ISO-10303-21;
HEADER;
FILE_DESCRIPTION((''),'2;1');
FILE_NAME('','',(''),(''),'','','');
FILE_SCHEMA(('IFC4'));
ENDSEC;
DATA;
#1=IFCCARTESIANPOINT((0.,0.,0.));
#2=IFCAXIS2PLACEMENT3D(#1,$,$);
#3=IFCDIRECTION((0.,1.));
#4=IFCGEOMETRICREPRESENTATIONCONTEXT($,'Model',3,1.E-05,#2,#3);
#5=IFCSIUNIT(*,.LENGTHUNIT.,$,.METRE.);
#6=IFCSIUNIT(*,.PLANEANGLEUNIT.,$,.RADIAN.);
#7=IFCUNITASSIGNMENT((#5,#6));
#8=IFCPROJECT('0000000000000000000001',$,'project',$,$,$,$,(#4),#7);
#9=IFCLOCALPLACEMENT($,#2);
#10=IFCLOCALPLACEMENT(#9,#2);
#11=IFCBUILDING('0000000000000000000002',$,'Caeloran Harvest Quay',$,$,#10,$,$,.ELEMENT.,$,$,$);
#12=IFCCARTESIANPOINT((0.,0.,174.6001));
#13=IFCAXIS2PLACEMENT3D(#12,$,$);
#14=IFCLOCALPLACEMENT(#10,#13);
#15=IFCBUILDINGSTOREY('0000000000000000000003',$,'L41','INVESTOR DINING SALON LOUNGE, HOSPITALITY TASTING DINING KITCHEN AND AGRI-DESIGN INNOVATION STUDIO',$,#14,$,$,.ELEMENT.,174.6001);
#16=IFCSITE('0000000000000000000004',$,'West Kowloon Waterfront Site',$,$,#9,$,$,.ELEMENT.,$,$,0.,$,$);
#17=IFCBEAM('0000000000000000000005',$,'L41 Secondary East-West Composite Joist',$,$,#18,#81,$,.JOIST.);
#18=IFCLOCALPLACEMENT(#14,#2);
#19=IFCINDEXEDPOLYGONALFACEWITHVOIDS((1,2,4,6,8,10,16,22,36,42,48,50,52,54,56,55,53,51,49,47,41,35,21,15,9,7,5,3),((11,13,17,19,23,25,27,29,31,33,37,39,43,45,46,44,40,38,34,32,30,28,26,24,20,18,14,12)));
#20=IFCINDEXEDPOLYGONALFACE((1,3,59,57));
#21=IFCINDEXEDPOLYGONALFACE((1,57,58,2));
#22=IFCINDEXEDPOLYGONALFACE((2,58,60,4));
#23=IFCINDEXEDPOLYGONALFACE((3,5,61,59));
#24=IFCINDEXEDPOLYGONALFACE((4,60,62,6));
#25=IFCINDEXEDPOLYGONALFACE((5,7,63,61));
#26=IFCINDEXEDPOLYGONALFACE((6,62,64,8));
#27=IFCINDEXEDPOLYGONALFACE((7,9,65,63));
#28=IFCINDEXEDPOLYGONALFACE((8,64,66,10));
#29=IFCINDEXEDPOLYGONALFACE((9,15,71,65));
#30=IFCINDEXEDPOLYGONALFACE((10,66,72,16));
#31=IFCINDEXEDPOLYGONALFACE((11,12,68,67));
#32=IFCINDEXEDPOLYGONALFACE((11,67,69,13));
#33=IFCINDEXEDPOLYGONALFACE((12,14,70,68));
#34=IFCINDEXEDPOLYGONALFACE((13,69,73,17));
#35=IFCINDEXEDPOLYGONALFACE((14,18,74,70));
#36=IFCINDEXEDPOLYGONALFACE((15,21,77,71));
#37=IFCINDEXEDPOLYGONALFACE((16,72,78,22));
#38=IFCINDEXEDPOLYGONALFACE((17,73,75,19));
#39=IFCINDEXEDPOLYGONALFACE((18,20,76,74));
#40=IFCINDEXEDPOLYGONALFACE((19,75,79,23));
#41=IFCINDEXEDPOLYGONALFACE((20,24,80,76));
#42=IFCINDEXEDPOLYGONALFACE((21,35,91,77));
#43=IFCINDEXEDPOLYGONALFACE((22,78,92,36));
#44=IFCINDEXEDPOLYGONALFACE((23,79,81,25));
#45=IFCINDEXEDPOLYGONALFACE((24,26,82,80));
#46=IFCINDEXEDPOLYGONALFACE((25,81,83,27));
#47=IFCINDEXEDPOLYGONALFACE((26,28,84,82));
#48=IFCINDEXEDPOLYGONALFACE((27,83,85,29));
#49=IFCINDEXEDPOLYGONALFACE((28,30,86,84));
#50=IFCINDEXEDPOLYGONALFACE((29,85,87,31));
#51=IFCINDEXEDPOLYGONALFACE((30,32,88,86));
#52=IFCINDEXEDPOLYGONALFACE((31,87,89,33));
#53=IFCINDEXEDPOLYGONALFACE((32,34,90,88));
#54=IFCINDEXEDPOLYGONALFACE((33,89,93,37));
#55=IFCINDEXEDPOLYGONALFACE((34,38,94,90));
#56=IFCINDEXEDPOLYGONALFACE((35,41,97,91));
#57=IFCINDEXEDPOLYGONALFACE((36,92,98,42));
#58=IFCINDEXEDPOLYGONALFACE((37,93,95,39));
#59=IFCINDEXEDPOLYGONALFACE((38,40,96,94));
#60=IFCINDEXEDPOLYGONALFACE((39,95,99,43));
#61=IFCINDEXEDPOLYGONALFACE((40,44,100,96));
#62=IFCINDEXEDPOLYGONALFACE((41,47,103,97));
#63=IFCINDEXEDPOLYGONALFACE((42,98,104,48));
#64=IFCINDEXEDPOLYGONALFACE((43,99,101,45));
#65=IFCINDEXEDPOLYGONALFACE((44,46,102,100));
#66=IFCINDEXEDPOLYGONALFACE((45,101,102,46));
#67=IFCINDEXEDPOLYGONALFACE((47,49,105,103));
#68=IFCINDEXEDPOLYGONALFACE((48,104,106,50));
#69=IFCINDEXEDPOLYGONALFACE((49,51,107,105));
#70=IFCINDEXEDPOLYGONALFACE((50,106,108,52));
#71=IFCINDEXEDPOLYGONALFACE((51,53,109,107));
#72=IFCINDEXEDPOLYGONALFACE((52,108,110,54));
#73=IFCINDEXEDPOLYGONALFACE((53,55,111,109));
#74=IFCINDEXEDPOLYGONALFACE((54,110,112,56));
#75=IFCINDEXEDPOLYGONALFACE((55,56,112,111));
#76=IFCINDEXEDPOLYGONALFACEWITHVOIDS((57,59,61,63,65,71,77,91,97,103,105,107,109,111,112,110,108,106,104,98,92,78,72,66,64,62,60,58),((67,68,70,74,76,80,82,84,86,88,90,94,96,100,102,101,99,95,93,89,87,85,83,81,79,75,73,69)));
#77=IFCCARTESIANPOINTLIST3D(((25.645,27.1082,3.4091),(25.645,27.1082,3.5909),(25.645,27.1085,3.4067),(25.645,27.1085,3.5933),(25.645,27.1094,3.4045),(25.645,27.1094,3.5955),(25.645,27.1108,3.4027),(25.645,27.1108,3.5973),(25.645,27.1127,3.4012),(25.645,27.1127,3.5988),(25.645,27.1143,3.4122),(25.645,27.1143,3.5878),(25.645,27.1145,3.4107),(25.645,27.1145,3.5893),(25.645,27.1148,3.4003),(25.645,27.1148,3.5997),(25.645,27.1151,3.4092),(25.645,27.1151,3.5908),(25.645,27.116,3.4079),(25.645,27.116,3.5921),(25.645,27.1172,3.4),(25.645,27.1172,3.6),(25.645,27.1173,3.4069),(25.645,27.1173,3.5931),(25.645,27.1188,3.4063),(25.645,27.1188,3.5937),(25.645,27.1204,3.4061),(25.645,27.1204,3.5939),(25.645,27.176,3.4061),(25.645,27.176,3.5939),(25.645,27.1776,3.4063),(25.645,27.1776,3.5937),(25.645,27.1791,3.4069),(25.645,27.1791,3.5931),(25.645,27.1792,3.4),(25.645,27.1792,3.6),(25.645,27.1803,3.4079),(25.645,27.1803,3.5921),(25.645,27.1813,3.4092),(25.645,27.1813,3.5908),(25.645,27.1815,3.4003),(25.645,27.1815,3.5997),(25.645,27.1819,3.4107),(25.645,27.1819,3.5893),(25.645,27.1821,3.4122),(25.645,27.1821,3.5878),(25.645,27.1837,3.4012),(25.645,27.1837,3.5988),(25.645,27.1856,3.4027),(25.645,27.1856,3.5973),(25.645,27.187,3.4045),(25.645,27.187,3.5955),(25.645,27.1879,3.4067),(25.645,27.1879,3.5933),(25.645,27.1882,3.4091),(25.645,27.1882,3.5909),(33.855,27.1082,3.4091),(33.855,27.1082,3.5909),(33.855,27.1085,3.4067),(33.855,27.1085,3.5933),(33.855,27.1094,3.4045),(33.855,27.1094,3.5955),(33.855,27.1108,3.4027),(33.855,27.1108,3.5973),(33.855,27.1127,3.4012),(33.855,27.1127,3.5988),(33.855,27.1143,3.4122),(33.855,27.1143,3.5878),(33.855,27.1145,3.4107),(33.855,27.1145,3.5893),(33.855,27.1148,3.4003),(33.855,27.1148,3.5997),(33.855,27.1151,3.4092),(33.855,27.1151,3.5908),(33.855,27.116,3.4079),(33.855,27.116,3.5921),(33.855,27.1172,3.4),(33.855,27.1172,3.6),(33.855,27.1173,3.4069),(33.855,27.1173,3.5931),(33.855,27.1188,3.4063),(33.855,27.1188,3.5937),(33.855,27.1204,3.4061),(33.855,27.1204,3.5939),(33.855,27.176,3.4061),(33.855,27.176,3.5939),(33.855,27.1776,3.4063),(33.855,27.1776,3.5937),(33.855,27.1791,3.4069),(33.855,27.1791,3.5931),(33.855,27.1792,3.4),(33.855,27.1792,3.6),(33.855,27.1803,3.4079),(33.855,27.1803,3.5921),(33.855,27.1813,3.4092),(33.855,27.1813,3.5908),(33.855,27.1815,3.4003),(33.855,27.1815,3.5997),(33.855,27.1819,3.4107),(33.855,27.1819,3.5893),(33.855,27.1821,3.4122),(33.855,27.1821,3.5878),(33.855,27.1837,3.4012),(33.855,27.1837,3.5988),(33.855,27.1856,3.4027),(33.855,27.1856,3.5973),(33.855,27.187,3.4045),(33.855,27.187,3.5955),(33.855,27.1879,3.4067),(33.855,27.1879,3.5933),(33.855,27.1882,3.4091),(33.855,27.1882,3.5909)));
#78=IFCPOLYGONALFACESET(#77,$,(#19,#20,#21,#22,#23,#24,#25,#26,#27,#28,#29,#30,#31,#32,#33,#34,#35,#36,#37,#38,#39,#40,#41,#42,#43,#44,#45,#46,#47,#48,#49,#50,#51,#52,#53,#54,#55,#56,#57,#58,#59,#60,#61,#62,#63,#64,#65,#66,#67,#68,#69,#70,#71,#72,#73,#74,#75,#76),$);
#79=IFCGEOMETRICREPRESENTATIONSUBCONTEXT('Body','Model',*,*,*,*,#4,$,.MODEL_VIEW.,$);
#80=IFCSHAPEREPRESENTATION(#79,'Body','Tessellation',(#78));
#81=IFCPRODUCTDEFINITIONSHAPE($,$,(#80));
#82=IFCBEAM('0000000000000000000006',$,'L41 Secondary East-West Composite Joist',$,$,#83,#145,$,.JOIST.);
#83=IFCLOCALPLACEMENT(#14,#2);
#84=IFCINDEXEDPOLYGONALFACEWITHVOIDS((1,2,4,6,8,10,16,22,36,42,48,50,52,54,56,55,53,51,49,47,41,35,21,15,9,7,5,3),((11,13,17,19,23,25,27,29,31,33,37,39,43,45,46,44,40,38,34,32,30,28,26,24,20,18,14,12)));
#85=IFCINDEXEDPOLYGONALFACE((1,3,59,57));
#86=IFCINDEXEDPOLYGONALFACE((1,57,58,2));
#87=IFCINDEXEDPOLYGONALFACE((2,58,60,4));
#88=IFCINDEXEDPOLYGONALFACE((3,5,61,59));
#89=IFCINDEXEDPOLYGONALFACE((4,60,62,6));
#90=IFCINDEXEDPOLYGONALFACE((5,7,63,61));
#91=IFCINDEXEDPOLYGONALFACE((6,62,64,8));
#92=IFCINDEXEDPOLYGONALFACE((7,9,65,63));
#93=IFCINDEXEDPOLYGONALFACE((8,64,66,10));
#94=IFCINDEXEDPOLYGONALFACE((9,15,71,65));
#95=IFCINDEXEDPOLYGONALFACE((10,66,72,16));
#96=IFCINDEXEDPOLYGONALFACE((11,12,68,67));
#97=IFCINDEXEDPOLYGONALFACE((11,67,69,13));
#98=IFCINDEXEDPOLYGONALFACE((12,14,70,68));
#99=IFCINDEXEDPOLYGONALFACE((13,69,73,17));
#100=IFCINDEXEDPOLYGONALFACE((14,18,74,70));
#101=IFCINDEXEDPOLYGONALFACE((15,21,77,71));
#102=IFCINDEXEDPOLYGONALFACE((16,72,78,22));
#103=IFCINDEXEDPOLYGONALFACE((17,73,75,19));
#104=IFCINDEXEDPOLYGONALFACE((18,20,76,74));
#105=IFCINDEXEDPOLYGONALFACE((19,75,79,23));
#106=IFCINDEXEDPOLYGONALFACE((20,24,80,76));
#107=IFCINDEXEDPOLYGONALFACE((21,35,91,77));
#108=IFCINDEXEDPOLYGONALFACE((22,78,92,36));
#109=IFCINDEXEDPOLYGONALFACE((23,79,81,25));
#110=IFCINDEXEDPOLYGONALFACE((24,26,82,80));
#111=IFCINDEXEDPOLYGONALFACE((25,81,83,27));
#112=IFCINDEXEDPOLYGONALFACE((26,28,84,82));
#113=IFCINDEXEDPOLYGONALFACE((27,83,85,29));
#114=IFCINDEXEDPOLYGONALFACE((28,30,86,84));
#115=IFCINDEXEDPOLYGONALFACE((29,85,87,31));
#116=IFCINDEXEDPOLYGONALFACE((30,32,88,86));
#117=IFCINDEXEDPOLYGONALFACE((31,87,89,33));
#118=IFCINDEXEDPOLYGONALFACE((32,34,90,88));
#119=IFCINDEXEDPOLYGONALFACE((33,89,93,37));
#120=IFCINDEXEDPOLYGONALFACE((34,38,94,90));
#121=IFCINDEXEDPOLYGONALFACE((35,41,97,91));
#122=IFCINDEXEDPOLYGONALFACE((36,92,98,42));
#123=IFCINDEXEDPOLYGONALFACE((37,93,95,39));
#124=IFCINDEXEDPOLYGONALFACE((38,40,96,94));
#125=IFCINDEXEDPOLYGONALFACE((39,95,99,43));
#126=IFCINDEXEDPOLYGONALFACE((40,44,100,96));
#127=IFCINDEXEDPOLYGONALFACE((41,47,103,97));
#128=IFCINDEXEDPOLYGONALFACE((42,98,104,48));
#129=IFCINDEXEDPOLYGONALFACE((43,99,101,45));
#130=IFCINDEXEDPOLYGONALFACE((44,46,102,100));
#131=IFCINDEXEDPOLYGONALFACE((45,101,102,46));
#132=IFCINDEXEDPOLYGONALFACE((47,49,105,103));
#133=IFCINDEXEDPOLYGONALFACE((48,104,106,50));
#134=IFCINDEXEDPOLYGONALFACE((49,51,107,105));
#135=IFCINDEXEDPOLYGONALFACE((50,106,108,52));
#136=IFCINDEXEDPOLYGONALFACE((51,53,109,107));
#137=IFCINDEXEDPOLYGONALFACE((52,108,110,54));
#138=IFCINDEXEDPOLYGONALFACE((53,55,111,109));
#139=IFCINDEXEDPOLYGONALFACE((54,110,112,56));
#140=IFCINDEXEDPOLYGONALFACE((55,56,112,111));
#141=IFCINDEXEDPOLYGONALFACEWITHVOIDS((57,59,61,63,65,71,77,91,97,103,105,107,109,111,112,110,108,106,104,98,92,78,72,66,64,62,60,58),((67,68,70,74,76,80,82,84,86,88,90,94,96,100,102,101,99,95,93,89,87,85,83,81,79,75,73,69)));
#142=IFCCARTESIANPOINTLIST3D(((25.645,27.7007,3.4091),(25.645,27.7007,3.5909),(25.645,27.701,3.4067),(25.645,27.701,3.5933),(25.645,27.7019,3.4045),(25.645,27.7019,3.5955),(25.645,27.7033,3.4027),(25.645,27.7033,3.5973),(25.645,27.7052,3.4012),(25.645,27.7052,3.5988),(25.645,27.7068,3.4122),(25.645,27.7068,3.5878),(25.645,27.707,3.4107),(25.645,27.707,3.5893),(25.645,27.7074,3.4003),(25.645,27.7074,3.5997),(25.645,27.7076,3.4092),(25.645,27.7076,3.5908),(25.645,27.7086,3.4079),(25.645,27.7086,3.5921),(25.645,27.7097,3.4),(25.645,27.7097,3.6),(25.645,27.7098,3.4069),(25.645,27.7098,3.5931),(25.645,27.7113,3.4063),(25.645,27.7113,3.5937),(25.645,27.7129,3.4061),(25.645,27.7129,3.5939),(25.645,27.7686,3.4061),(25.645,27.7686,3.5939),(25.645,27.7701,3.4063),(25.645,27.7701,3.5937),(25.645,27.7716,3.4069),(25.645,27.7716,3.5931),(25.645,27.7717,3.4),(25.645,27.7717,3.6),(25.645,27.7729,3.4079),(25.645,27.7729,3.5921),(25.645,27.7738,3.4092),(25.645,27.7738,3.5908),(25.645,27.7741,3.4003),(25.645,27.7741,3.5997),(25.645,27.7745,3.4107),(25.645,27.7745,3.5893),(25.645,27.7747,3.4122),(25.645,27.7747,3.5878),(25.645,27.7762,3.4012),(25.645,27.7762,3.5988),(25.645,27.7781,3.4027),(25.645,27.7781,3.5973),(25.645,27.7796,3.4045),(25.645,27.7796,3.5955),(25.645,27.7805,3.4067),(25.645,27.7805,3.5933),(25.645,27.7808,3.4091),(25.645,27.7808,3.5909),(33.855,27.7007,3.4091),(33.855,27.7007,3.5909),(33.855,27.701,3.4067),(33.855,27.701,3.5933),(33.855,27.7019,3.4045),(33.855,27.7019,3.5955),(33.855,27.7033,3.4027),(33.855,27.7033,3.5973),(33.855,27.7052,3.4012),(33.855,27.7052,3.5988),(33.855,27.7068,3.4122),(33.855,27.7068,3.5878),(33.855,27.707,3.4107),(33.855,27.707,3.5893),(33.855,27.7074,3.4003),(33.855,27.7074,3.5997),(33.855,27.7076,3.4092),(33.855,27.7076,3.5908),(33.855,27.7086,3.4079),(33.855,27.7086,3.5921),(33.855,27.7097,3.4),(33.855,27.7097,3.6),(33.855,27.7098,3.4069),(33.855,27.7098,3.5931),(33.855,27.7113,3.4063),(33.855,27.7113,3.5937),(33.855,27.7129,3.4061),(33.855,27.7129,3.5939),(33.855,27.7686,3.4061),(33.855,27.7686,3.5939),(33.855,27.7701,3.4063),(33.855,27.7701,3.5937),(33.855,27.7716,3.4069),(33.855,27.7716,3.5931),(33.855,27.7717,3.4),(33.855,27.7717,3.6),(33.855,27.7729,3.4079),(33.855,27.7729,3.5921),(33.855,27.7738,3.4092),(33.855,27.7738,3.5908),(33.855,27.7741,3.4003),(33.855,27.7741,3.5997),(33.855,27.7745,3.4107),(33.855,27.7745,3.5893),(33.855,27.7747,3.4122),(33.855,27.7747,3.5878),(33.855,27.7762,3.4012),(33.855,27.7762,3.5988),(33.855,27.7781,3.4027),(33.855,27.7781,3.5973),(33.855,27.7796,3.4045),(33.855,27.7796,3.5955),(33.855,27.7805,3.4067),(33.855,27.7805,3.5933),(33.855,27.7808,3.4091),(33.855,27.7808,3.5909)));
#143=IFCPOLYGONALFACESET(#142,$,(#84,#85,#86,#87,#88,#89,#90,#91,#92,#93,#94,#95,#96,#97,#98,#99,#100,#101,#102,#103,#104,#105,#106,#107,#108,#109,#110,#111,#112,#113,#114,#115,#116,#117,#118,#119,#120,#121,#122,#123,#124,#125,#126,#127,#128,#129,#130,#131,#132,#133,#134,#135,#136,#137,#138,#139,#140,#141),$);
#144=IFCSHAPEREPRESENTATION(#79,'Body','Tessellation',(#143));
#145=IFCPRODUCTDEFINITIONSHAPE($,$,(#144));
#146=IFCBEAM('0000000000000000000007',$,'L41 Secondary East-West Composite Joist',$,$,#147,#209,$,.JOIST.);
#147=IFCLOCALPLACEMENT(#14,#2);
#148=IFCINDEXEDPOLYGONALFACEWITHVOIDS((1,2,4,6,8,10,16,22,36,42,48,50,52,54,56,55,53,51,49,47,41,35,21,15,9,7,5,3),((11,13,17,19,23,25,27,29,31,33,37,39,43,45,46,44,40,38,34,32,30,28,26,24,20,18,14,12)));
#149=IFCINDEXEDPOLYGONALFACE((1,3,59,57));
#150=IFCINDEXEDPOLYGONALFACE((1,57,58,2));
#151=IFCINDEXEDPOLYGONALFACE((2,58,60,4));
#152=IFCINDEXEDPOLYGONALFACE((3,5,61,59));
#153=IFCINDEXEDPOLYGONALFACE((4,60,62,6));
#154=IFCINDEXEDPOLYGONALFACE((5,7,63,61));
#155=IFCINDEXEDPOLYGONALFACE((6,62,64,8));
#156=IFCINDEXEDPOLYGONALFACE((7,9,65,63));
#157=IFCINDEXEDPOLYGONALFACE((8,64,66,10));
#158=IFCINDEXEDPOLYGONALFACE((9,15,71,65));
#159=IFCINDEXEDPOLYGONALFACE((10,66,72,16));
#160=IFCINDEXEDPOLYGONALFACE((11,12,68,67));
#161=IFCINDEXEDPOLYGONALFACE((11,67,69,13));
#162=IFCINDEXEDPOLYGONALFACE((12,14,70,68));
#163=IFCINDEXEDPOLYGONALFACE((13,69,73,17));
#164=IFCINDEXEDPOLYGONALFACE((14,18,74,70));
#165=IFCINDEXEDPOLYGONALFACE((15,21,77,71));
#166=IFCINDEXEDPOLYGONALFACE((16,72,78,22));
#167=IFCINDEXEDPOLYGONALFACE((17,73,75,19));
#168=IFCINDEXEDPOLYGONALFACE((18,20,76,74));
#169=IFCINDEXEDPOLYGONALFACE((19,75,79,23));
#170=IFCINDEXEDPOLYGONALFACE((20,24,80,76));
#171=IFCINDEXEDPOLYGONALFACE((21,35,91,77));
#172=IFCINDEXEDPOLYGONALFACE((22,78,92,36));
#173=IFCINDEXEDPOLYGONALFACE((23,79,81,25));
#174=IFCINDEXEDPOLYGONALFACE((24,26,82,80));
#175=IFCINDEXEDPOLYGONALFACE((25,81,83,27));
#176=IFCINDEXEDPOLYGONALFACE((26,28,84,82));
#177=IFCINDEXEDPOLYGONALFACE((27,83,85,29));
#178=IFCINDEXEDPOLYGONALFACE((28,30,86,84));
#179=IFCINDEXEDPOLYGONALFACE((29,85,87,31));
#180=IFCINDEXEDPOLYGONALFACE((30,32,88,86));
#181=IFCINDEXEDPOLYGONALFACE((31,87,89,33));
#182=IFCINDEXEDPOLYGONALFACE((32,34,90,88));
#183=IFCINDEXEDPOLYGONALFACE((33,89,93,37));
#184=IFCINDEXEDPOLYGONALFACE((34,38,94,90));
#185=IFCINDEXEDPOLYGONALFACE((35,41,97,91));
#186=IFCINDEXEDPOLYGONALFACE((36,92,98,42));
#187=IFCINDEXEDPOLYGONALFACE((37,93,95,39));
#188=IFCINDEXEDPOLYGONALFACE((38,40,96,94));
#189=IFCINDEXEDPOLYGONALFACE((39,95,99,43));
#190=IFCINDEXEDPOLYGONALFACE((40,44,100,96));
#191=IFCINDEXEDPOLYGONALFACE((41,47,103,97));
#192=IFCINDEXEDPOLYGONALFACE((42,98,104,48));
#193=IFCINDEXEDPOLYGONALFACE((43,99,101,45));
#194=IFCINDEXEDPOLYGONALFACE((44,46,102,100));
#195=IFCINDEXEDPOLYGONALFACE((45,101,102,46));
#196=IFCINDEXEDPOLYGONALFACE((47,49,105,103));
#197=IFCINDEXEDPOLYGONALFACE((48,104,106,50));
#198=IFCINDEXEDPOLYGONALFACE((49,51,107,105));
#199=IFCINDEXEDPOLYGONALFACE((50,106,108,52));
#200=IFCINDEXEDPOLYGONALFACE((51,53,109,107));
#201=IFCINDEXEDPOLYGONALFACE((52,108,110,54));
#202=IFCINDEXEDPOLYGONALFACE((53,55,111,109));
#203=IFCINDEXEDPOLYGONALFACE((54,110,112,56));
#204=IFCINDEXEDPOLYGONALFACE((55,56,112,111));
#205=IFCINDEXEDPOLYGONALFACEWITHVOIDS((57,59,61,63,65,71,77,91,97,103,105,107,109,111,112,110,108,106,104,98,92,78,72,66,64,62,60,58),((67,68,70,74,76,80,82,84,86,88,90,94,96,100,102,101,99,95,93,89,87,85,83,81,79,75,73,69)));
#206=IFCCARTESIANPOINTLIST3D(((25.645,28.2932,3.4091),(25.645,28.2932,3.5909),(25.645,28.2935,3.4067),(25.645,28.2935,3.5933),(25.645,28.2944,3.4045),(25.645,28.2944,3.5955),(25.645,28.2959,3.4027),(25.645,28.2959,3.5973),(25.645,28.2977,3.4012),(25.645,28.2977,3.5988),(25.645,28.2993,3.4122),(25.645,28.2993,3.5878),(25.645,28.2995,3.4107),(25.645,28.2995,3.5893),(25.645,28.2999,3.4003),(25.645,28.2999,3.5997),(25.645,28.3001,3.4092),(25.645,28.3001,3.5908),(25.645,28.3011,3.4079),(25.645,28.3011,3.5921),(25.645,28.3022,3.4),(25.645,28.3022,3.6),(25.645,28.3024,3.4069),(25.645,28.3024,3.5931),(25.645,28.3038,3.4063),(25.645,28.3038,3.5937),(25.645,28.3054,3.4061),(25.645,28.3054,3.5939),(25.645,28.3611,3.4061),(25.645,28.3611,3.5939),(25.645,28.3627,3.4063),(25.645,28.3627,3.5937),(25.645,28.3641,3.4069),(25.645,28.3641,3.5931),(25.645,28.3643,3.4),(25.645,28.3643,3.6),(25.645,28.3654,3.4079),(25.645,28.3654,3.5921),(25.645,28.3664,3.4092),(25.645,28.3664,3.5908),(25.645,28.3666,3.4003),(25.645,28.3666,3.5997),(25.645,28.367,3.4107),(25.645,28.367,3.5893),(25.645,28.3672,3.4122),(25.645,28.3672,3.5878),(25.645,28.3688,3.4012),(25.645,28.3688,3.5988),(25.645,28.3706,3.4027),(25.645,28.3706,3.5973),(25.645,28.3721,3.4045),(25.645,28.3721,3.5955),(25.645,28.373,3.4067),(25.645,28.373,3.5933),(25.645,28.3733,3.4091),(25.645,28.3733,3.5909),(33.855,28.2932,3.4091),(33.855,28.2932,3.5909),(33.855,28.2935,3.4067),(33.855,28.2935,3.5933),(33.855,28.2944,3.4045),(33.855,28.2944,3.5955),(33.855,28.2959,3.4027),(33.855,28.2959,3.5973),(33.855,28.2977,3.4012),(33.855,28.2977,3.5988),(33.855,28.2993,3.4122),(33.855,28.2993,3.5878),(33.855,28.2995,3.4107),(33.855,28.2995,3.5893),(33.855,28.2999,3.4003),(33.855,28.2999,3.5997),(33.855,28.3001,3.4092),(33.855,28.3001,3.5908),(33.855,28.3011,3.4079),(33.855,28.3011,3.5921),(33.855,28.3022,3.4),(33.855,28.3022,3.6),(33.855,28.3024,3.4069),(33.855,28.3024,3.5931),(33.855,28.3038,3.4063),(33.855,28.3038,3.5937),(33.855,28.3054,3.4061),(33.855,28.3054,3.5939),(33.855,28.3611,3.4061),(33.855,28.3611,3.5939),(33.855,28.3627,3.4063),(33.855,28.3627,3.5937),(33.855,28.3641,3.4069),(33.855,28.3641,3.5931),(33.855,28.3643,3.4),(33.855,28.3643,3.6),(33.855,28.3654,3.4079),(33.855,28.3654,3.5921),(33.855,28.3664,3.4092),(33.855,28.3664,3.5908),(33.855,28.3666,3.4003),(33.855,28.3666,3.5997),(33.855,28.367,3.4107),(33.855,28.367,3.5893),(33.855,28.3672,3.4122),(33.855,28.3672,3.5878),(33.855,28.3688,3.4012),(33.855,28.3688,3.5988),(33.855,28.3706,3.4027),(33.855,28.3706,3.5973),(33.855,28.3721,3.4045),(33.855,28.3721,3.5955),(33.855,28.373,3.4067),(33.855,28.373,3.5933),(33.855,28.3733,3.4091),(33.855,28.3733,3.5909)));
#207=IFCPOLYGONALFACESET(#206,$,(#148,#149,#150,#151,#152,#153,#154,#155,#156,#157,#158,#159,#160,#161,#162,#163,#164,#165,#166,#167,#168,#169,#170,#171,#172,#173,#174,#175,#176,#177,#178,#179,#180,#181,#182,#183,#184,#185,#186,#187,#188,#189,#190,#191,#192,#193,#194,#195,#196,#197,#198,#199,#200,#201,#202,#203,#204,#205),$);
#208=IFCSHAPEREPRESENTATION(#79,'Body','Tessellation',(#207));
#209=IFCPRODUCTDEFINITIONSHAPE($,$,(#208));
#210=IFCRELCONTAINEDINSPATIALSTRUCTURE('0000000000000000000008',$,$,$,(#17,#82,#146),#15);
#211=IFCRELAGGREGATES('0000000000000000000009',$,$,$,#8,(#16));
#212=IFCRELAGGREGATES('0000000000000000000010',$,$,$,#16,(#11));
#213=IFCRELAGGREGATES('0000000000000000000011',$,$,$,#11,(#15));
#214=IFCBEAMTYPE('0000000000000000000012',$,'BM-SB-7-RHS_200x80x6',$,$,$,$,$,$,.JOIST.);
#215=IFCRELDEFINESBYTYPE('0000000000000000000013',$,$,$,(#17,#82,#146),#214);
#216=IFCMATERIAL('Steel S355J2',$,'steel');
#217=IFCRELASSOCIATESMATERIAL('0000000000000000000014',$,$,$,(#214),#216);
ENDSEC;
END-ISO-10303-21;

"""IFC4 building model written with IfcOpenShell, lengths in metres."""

from ifc_helpers import new_model, si_unit, direction, frame, origin, origin_2d, place, context, subcontext, project, spatial, hollow_rectangle, extrude, material, material_profile, profile_set, type_object, element, save


model = new_model("IFC4")

# Units and contexts
model_context = context("Model", 3, precision=1e-05, world=origin(), true_north=direction((0.0, 1.0)))
body_context = subcontext(model_context, "Body", "Model", "MODEL_VIEW")
ifc_project = project(units=[si_unit("LENGTHUNIT", "METRE"), si_unit("PLANEANGLEUNIT", "RADIAN")], contexts=[model_context])

# Site, building, storey
site_placement = place(None, origin())
site = spatial("IfcSite", under=ifc_project, at=site_placement, Name="West Kowloon Waterfront Site", CompositionType="ELEMENT", RefElevation=0.0)
building_placement = place(site_placement, origin())
building = spatial("IfcBuilding", under=site, at=building_placement, Name="Caeloran Harvest Quay", CompositionType="ELEMENT")
storey_placement = place(building_placement, frame((0.0, 0.0, 174.6001)))
storey = spatial("IfcBuildingStorey", under=building, at=storey_placement, Name="L41", Description="INVESTOR DINING SALON LOUNGE, HOSPITALITY TASTING DINING KITCHEN AND AGRI-DESIGN INNOVATION STUDIO", CompositionType="ELEMENT", Elevation=174.6001)

# Beams
ifc_material_1 = material(Name="Steel S355J2", Category="steel")
ifc_material_profile_1 = material_profile(ifc_material_1, hollow_rectangle(XDim=0.0801, YDim=0.2, WallThickness=0.0061, InnerFilletRadius=0.0061, OuterFilletRadius=0.009, at=origin_2d()), Name="RHS 200x80x6")
ifc_profile_set_1 = profile_set([ifc_material_profile_1], Name="Steel S355J2")
beam_type_1 = type_object("IfcBeamType", Name="BM-SB-7-RHS_200x80x6", PredefinedType="JOIST", material=ifc_profile_set_1)
for number, where, z_axis, x_axis, name in (
    (1, (25.645, 27.1482, 3.5), (1.0, 0.0, 0.0), (0.0, 1.0, 0.0), "L41 Secondary East-West Composite Joist"),
    (2, (25.645, 27.7407, 3.5), (1.0, 0.0, 0.0), (0.0, 1.0, 0.0), "L41 Secondary East-West Composite Joist"),
    (3, (25.645, 28.3333, 3.5), (1.0, 0.0, 0.0), (0.0, 1.0, 0.0), "L41 Secondary East-West Composite Joist"),
):
    element("IfcBeam", number, at=place(storey_placement, frame(where, z_axis=z_axis, x_axis=x_axis)), inside=storey, type_object=beam_type_1, Name=name, PredefinedType="JOIST", context=body_context, shape_type="SweptSolid", body=[
        extrude(hollow_rectangle(XDim=0.0801, YDim=0.2, WallThickness=0.0061, InnerFilletRadius=0.0061, OuterFilletRadius=0.009, at=origin_2d()), origin(), (0.0, 0.0, 1.0), 8.21),
    ])

save(model, "model.ifc")
